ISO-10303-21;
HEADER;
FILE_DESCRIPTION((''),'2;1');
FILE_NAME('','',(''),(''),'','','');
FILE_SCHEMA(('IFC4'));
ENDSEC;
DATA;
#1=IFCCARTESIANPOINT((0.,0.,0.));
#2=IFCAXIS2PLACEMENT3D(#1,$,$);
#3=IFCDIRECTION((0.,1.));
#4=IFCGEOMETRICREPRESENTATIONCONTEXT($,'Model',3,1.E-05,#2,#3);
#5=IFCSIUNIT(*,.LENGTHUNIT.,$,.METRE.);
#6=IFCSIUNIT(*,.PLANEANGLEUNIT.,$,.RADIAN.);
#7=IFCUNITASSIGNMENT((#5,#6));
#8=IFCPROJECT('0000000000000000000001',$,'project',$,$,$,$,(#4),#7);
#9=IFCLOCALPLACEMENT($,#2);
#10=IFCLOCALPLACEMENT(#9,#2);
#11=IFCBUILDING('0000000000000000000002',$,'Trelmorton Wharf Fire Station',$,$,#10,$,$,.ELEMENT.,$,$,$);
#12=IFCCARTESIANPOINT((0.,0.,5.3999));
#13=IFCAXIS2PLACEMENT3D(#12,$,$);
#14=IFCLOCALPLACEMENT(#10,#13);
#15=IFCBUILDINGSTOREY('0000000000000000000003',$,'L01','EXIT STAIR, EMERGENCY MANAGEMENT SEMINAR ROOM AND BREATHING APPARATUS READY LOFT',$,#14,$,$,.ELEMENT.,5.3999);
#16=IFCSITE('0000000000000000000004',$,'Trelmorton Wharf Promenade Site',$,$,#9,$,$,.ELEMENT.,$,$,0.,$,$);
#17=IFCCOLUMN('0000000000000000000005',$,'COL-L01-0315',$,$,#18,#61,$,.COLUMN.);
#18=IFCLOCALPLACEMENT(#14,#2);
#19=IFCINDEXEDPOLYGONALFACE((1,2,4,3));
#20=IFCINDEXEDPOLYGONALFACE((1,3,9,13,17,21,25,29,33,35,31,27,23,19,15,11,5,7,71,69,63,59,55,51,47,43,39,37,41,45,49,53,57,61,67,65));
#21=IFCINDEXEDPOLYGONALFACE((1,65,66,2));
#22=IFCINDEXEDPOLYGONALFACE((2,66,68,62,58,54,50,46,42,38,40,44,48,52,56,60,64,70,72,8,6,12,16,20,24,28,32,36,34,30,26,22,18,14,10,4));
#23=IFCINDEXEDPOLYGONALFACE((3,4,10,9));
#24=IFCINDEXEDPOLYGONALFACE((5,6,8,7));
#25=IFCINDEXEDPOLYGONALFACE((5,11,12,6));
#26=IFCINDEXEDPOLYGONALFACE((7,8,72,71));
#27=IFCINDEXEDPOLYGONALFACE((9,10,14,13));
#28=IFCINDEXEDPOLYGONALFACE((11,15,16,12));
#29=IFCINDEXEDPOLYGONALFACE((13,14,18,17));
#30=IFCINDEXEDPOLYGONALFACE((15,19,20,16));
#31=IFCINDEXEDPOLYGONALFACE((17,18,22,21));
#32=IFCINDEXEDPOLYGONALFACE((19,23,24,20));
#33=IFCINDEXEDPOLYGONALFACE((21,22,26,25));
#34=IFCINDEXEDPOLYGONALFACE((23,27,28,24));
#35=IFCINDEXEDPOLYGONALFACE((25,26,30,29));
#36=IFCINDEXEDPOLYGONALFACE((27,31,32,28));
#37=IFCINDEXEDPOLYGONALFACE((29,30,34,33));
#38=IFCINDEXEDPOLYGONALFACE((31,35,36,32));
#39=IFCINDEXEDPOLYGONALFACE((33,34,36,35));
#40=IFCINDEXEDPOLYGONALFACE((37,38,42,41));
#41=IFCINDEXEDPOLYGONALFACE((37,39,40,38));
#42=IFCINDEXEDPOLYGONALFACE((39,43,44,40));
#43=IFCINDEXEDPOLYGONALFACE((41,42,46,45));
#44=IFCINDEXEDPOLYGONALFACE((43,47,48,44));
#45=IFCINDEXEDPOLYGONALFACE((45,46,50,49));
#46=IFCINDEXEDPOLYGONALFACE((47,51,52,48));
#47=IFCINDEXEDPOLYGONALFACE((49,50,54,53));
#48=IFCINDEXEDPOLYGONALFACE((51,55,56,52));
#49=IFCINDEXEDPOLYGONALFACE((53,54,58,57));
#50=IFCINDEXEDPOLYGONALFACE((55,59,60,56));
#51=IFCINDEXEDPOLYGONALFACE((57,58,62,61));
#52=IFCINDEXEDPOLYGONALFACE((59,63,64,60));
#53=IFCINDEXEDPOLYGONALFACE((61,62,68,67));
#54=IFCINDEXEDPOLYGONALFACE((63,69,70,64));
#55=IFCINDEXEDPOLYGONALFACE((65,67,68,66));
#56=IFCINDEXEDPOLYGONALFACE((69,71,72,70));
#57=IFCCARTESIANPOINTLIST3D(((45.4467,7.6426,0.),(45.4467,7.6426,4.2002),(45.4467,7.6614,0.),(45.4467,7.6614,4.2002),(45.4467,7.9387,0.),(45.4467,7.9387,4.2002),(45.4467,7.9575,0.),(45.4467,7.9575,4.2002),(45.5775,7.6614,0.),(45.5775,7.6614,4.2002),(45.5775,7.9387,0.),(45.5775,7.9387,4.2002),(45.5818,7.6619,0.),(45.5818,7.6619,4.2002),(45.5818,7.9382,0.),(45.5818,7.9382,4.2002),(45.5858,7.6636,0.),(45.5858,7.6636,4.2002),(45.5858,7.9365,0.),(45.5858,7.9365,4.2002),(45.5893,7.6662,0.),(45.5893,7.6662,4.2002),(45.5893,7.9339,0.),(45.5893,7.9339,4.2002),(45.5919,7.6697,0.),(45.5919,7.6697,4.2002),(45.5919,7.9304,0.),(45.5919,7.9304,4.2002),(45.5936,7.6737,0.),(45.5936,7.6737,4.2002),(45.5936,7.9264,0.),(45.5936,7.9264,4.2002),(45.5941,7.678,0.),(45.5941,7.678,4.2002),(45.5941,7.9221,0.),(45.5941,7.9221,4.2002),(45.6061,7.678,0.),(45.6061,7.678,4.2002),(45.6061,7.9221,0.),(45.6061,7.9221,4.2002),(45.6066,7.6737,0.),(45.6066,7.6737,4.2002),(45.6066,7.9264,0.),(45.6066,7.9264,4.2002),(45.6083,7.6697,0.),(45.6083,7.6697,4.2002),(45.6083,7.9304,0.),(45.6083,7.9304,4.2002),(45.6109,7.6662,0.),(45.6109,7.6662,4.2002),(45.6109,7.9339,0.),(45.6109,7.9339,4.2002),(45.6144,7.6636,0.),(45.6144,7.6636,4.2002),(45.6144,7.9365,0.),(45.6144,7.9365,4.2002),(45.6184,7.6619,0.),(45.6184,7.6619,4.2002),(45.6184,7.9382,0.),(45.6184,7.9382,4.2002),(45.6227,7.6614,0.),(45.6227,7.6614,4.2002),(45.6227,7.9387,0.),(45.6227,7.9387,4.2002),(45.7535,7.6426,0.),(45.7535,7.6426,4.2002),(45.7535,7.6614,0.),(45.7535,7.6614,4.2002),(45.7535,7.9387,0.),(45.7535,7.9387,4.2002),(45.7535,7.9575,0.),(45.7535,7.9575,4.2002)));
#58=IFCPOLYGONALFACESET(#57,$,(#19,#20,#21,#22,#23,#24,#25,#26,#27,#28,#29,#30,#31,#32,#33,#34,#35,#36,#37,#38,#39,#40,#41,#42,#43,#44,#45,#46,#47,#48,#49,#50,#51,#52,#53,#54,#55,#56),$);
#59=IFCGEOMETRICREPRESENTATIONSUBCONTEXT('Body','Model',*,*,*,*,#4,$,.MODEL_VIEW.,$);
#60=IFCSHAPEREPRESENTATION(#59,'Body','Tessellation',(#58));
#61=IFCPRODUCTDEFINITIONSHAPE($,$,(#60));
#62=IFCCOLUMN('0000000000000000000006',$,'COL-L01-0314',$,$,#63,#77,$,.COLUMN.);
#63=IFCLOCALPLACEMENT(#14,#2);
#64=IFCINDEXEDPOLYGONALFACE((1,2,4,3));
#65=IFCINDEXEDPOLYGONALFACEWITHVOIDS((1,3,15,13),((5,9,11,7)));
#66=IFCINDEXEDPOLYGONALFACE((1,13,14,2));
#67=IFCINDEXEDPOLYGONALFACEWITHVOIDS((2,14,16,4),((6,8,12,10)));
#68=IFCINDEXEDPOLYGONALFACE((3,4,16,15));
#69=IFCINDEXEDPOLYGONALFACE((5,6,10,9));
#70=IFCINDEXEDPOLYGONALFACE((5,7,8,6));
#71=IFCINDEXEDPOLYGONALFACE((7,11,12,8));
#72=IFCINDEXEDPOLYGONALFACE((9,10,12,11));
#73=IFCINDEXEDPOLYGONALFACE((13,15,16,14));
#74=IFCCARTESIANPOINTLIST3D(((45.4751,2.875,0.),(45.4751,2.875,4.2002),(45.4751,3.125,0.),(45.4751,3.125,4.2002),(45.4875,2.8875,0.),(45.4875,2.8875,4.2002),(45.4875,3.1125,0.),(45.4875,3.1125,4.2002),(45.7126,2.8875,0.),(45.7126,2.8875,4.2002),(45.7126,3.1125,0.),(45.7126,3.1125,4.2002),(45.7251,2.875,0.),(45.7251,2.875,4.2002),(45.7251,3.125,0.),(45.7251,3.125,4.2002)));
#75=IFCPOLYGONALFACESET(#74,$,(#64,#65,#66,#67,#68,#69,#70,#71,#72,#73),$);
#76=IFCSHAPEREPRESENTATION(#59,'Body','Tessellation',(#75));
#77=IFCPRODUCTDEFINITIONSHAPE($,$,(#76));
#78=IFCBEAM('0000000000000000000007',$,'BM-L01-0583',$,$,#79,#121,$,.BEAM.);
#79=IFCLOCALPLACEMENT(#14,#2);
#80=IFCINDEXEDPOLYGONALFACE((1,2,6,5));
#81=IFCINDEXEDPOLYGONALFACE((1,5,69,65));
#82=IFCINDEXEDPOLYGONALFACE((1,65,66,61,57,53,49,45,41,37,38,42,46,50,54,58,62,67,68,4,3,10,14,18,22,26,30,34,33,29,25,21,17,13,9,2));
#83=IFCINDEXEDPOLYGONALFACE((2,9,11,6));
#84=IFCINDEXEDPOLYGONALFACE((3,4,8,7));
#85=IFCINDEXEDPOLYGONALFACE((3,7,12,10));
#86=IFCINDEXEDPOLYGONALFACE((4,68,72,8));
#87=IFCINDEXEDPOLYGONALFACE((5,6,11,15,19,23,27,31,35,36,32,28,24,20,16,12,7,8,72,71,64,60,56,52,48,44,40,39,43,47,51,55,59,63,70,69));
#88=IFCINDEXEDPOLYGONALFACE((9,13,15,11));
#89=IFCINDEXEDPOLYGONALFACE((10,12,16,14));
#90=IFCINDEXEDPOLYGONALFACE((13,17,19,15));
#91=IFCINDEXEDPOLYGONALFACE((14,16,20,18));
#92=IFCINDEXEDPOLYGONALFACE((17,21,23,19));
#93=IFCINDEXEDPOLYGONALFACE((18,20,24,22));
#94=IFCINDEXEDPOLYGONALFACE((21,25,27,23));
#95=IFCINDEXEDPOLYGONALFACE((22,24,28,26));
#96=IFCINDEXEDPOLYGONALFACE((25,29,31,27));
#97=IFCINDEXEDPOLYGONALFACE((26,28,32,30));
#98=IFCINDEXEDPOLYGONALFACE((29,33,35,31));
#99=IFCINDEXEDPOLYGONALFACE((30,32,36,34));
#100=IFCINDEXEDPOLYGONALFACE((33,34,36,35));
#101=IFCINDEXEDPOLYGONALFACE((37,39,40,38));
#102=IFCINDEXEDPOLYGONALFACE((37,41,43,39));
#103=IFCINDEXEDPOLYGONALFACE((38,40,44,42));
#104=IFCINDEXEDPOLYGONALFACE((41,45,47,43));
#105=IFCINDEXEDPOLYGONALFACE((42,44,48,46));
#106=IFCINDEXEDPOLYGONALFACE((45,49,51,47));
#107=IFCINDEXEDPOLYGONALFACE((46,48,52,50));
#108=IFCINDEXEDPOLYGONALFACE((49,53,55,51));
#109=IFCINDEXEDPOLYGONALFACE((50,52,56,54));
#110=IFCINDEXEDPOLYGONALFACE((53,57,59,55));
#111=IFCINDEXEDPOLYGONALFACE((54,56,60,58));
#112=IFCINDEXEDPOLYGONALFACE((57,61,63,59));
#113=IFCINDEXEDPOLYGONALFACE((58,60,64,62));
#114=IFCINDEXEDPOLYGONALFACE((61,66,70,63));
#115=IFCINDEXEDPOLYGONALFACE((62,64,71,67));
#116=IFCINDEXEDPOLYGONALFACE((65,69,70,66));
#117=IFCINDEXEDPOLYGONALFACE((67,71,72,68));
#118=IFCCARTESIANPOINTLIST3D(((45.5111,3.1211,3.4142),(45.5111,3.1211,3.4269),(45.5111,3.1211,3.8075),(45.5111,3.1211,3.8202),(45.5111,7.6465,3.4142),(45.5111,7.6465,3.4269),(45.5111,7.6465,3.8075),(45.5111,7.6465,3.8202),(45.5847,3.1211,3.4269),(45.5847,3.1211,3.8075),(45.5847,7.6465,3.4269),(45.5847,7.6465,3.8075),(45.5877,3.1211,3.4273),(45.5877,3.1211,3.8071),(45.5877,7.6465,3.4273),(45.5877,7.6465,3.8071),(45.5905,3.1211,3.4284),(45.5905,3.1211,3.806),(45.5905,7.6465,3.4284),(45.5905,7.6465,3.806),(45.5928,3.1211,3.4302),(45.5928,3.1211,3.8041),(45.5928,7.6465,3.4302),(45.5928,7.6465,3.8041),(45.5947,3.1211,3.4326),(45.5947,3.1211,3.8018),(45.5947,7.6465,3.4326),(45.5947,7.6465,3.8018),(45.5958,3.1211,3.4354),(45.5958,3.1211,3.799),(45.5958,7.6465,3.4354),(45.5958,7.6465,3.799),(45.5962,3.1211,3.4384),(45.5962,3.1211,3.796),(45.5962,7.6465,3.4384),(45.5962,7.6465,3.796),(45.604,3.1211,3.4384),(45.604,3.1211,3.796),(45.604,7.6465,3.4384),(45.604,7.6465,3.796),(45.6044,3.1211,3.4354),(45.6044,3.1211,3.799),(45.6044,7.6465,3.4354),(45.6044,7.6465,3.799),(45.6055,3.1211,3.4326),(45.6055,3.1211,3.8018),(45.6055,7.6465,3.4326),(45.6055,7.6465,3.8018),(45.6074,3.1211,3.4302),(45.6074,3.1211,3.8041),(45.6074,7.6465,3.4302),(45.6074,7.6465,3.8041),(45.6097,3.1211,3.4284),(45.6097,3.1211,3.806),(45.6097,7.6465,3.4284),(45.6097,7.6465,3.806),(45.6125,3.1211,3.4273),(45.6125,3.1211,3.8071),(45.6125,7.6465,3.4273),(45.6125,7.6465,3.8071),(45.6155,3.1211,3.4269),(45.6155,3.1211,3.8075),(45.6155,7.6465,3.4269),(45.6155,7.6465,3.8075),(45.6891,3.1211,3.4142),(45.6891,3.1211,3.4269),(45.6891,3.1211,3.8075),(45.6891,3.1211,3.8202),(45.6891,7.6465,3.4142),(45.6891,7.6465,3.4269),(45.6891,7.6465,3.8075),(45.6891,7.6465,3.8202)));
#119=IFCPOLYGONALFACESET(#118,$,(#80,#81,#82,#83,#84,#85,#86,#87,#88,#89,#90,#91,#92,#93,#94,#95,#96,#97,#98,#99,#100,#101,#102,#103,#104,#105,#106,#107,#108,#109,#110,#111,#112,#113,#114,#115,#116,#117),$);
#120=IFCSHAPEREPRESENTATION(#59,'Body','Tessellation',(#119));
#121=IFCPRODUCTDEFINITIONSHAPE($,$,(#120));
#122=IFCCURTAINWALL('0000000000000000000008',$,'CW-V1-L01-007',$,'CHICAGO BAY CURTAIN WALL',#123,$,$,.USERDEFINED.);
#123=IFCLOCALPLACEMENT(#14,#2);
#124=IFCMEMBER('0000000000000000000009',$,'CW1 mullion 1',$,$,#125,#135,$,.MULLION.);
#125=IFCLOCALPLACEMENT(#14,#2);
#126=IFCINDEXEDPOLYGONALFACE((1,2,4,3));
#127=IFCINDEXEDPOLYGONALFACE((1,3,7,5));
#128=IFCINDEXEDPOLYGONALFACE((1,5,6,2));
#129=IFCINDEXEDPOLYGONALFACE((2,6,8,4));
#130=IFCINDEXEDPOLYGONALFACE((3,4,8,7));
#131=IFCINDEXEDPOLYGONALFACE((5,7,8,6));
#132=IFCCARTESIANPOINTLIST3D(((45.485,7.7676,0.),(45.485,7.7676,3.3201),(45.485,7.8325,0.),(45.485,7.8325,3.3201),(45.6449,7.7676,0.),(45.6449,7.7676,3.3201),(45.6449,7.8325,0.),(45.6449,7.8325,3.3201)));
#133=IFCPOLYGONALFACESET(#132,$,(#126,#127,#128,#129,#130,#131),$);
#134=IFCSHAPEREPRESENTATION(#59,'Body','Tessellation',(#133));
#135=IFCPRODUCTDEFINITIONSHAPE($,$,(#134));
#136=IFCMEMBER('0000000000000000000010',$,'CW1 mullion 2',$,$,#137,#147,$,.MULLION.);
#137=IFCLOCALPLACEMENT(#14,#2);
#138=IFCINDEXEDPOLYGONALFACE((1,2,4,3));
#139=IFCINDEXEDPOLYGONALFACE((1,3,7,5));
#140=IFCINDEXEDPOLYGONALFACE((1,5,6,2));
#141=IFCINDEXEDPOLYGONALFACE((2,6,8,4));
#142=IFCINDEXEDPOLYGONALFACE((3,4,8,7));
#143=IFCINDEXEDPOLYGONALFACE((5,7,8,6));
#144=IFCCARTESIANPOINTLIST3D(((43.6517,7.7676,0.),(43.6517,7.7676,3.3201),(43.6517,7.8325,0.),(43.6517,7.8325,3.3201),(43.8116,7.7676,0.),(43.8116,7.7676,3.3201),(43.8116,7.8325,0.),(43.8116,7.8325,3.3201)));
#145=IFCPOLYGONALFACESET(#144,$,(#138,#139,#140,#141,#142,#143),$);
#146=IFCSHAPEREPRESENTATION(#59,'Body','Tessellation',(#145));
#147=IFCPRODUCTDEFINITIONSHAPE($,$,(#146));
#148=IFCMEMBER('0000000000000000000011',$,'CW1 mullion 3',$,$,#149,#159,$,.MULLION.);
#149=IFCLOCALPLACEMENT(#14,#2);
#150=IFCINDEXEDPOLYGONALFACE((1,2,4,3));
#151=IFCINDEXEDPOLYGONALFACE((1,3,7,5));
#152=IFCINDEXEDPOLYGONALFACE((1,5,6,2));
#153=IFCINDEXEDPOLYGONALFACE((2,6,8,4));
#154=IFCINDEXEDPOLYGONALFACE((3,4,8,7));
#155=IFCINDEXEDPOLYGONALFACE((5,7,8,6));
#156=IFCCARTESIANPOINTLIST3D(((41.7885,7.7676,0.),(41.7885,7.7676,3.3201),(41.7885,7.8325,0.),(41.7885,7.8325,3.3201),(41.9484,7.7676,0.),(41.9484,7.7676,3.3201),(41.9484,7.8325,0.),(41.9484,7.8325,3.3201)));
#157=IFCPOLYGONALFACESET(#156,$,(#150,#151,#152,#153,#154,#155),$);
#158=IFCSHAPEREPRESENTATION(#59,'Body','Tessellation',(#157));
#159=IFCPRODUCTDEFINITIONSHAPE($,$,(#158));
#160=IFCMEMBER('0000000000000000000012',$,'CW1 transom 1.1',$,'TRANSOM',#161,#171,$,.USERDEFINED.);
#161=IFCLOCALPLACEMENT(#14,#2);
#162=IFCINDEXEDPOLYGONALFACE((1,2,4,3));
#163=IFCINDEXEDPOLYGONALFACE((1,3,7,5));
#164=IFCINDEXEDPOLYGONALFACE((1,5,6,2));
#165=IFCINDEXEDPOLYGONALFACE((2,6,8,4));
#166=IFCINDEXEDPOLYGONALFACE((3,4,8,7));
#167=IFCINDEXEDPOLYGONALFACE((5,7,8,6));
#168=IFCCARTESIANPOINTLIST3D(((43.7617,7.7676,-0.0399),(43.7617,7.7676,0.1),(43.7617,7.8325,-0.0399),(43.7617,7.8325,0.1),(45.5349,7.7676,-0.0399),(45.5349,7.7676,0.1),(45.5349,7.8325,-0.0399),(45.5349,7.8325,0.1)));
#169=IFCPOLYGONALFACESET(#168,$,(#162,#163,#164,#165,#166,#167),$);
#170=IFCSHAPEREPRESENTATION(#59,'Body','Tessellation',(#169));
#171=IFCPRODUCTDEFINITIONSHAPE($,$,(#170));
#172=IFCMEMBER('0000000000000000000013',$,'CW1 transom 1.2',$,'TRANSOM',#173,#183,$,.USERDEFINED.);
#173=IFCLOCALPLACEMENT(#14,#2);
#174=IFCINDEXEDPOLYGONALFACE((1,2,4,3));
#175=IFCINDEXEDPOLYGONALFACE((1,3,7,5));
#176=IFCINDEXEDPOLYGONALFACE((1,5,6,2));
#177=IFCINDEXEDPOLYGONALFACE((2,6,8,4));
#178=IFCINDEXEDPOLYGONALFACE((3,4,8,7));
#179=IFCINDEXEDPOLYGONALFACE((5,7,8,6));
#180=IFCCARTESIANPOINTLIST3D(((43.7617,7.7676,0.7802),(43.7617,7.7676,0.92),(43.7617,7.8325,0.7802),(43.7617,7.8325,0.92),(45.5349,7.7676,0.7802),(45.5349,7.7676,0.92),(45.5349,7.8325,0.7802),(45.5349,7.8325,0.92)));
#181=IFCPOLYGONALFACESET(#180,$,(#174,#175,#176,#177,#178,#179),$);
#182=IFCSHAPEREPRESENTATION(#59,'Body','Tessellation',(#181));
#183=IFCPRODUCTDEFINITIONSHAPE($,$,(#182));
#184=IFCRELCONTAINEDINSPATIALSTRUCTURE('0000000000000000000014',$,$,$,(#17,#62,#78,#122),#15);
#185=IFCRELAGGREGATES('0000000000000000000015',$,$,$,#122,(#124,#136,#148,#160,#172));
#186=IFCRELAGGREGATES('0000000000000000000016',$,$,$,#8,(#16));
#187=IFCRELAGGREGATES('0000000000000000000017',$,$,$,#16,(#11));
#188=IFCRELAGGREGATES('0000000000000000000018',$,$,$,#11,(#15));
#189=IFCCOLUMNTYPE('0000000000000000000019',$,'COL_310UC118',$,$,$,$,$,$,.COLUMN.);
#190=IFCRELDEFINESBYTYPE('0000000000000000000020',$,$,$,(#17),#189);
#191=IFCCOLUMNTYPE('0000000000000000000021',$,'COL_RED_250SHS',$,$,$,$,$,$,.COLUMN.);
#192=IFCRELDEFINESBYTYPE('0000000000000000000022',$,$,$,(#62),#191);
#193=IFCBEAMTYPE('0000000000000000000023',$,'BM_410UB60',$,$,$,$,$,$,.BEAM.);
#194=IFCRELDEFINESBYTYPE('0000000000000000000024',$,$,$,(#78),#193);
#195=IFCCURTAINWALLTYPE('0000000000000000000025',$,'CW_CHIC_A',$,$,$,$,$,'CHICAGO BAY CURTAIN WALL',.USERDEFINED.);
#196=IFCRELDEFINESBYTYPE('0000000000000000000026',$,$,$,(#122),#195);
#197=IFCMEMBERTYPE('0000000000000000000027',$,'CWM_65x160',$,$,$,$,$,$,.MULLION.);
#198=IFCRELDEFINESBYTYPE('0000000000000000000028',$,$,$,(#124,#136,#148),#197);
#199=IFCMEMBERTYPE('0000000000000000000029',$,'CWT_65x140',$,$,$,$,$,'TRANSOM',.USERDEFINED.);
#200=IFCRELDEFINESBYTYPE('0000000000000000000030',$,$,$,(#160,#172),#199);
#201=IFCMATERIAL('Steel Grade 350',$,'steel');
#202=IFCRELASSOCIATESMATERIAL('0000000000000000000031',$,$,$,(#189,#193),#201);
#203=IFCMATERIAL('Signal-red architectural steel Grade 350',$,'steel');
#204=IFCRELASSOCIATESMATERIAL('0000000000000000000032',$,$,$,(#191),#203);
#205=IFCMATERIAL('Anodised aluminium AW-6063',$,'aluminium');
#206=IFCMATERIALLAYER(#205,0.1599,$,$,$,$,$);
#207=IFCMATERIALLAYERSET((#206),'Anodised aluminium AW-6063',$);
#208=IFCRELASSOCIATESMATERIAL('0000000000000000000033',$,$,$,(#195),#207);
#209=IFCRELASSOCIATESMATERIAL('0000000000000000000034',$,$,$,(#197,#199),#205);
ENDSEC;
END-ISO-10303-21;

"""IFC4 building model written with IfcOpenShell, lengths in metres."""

from ifc_helpers import new_model, si_unit, direction, frame, origin, origin_2d, place, context, subcontext, project, spatial, rectangle, hollow_rectangle, i_section, extrude, material, layer, layer_set, material_profile, profile_set, type_object, element, aggregate, save


model = new_model("IFC4")

# Units and contexts
model_context = context("Model", 3, precision=1e-05, world=origin(), true_north=direction((0.0, 1.0)))
body_context = subcontext(model_context, "Body", "Model", "MODEL_VIEW")
ifc_project = project(units=[si_unit("LENGTHUNIT", "METRE"), si_unit("PLANEANGLEUNIT", "RADIAN")], contexts=[model_context])

# Site, building, storey
site_placement = place(None, origin())
site = spatial("IfcSite", under=ifc_project, at=site_placement, Name="Trelmorton Wharf Promenade Site", CompositionType="ELEMENT", RefElevation=0.0)
building_placement = place(site_placement, origin())
building = spatial("IfcBuilding", under=site, at=building_placement, Name="Trelmorton Wharf Fire Station", CompositionType="ELEMENT")
storey_placement = place(building_placement, frame((0.0, 0.0, 5.3999)))
storey = spatial("IfcBuildingStorey", under=building, at=storey_placement, Name="L01", Description="EXIT STAIR, EMERGENCY MANAGEMENT SEMINAR ROOM AND BREATHING APPARATUS READY LOFT", CompositionType="ELEMENT", Elevation=5.3999)

# Columns
ifc_material_1 = material(Name="Steel Grade 350", Category="steel")
ifc_material_profile_1 = material_profile(ifc_material_1, i_section(OverallWidth=0.3069, OverallDepth=0.3149, WebThickness=0.012, FlangeThickness=0.0188, FilletRadius=0.0166, at=origin_2d()), Name="310UC118")
ifc_profile_set_1 = profile_set([ifc_material_profile_1], Name="Steel Grade 350")
column_type_1 = type_object("IfcColumnType", Name="COL_310UC118", PredefinedType="COLUMN", material=ifc_profile_set_1)
column_1_placement = place(storey_placement, frame((45.6001, 7.8, 0.0), z_axis=(0.0, 0.0, 1.0), x_axis=(1.0, 0.0, 0.0)))
element("IfcColumn", 1, at=column_1_placement, inside=storey, type_object=column_type_1, Name="COL-L01-0315", PredefinedType="COLUMN", context=body_context, shape_type="SweptSolid", body=[
    extrude(i_section(OverallWidth=0.3069, OverallDepth=0.3149, WebThickness=0.012, FlangeThickness=0.0188, FilletRadius=0.0166, at=origin_2d()), origin(), (0.0, 0.0, 1.0), 4.2002),
])
ifc_material_2 = material(Name="Signal-red architectural steel Grade 350", Category="steel")
ifc_material_profile_2 = material_profile(ifc_material_2, hollow_rectangle(XDim=0.25, YDim=0.25, WallThickness=0.0125, at=origin_2d()), Name="250x250x12.5SHS")
ifc_profile_set_2 = profile_set([ifc_material_profile_2], Name="Signal-red architectural steel Grade 350")
column_type_2 = type_object("IfcColumnType", Name="COL_RED_250SHS", PredefinedType="COLUMN", material=ifc_profile_set_2)
column_2_placement = place(storey_placement, frame((45.6001, 3.0, 0.0), z_axis=(0.0, 0.0, 1.0), x_axis=(1.0, 0.0, 0.0)))
element("IfcColumn", 2, at=column_2_placement, inside=storey, type_object=column_type_2, Name="COL-L01-0314", PredefinedType="COLUMN", context=body_context, shape_type="SweptSolid", body=[
    extrude(hollow_rectangle(XDim=0.25, YDim=0.25, WallThickness=0.0125, at=origin_2d()), origin(), (0.0, 0.0, 1.0), 4.2002),
])

# Beam
ifc_material_profile_3 = material_profile(ifc_material_1, i_section(OverallWidth=0.178, OverallDepth=0.406, WebThickness=0.0078, FlangeThickness=0.0127, FilletRadius=0.0115, at=origin_2d()), Name="410UB59.7")
ifc_profile_set_3 = profile_set([ifc_material_profile_3], Name="Steel Grade 350")
beam_type = type_object("IfcBeamType", Name="BM_410UB60", PredefinedType="BEAM", material=ifc_profile_set_3)
beam_placement = place(storey_placement, frame((45.6001, 3.1211, 3.6172), z_axis=(0.0, 1.0, 0.0), x_axis=(-1.0, 0.0, 0.0)))
element("IfcBeam", 3, at=beam_placement, inside=storey, type_object=beam_type, Name="BM-L01-0583", PredefinedType="BEAM", context=body_context, shape_type="SweptSolid", body=[
    extrude(i_section(OverallWidth=0.178, OverallDepth=0.406, WebThickness=0.0078, FlangeThickness=0.0127, FilletRadius=0.0115, at=origin_2d()), origin(), (0.0, 0.0, 1.0), 4.5254),
])

# Curtain wall, members
ifc_material_3 = material(Name="Anodised aluminium AW-6063", Category="aluminium")
ifc_layer_1 = layer(ifc_material_3, 0.1599)
ifc_layer_set_1 = layer_set([ifc_layer_1], Name="Anodised aluminium AW-6063")
curtain_wall_type = type_object("IfcCurtainWallType", Name="CW_CHIC_A", ElementType="CHICAGO BAY CURTAIN WALL", PredefinedType="USERDEFINED", material=ifc_layer_set_1)
curtain_wall_placement = place(storey_placement, origin())
curtain_wall = element("IfcCurtainWall", 4, at=curtain_wall_placement, inside=storey, type_object=curtain_wall_type, Name="CW-V1-L01-007", ObjectType="CHICAGO BAY CURTAIN WALL", PredefinedType="USERDEFINED")
ifc_material_profile_4 = material_profile(ifc_material_3, rectangle(XDim=0.0649, YDim=0.1599, at=origin_2d()), Name="ALU-65x160")
ifc_profile_set_4 = profile_set([ifc_material_profile_4], Name="Anodised aluminium AW-6063")
member_type_1 = type_object("IfcMemberType", Name="CWM_65x160", PredefinedType="MULLION", material=ifc_profile_set_4)
member_1_placement = place(storey_placement, frame((45.5649, 7.8, 0.0), z_axis=(0.0, 0.0, 1.0), x_axis=(0.0, -1.0, 0.0)))
member_1 = element("IfcMember", 5, at=member_1_placement, type_object=member_type_1, Name="CW1 mullion 1", PredefinedType="MULLION", context=body_context, shape_type="SweptSolid", body=[
    extrude(rectangle(XDim=0.0649, YDim=0.1599, at=origin_2d()), origin(), (0.0, 0.0, 1.0), 3.3201),
])
member_2_placement = place(storey_placement, frame((43.7317, 7.8, 0.0), z_axis=(0.0, 0.0, 1.0), x_axis=(0.0, -1.0, 0.0)))
member_2 = element("IfcMember", 6, at=member_2_placement, type_object=member_type_1, Name="CW1 mullion 2", PredefinedType="MULLION", context=body_context, shape_type="SweptSolid", body=[
    extrude(rectangle(XDim=0.0649, YDim=0.1599, at=origin_2d()), origin(), (0.0, 0.0, 1.0), 3.3201),
])
member_3_placement = place(storey_placement, frame((41.8684, 7.8, 0.0), z_axis=(0.0, 0.0, 1.0), x_axis=(0.0, -1.0, 0.0)))
member_3 = element("IfcMember", 7, at=member_3_placement, type_object=member_type_1, Name="CW1 mullion 3", PredefinedType="MULLION", context=body_context, shape_type="SweptSolid", body=[
    extrude(rectangle(XDim=0.0649, YDim=0.1599, at=origin_2d()), origin(), (0.0, 0.0, 1.0), 3.3201),
])
ifc_material_profile_5 = material_profile(ifc_material_3, rectangle(XDim=0.0649, YDim=0.1399, at=origin_2d()), Name="ALU-65x140")
ifc_profile_set_5 = profile_set([ifc_material_profile_5], Name="Anodised aluminium AW-6063")
member_type_2 = type_object("IfcMemberType", Name="CWT_65x140", ElementType="TRANSOM", PredefinedType="USERDEFINED", material=ifc_profile_set_5)
member_4_placement = place(storey_placement, frame((45.5349, 7.8, 0.03), z_axis=(-1.0, 0.0, 0.0), x_axis=(0.0, -1.0, 0.0)))
member_4 = element("IfcMember", 8, at=member_4_placement, type_object=member_type_2, Name="CW1 transom 1.1", ObjectType="TRANSOM", PredefinedType="USERDEFINED", context=body_context, shape_type="SweptSolid", body=[
    extrude(rectangle(XDim=0.0649, YDim=0.1399, at=origin_2d()), origin(), (0.0, 0.0, 1.0), 1.7732),
])
member_5_placement = place(storey_placement, frame((45.5349, 7.8, 0.8501), z_axis=(-1.0, 0.0, 0.0), x_axis=(0.0, -1.0, 0.0)))
member_5 = element("IfcMember", 9, at=member_5_placement, type_object=member_type_2, Name="CW1 transom 1.2", ObjectType="TRANSOM", PredefinedType="USERDEFINED", context=body_context, shape_type="SweptSolid", body=[
    extrude(rectangle(XDim=0.0649, YDim=0.1399, at=origin_2d()), origin(), (0.0, 0.0, 1.0), 1.7732),
])

aggregate(curtain_wall, [member_1, member_2, member_3, member_4, member_5])

save(model, "model.ifc")
